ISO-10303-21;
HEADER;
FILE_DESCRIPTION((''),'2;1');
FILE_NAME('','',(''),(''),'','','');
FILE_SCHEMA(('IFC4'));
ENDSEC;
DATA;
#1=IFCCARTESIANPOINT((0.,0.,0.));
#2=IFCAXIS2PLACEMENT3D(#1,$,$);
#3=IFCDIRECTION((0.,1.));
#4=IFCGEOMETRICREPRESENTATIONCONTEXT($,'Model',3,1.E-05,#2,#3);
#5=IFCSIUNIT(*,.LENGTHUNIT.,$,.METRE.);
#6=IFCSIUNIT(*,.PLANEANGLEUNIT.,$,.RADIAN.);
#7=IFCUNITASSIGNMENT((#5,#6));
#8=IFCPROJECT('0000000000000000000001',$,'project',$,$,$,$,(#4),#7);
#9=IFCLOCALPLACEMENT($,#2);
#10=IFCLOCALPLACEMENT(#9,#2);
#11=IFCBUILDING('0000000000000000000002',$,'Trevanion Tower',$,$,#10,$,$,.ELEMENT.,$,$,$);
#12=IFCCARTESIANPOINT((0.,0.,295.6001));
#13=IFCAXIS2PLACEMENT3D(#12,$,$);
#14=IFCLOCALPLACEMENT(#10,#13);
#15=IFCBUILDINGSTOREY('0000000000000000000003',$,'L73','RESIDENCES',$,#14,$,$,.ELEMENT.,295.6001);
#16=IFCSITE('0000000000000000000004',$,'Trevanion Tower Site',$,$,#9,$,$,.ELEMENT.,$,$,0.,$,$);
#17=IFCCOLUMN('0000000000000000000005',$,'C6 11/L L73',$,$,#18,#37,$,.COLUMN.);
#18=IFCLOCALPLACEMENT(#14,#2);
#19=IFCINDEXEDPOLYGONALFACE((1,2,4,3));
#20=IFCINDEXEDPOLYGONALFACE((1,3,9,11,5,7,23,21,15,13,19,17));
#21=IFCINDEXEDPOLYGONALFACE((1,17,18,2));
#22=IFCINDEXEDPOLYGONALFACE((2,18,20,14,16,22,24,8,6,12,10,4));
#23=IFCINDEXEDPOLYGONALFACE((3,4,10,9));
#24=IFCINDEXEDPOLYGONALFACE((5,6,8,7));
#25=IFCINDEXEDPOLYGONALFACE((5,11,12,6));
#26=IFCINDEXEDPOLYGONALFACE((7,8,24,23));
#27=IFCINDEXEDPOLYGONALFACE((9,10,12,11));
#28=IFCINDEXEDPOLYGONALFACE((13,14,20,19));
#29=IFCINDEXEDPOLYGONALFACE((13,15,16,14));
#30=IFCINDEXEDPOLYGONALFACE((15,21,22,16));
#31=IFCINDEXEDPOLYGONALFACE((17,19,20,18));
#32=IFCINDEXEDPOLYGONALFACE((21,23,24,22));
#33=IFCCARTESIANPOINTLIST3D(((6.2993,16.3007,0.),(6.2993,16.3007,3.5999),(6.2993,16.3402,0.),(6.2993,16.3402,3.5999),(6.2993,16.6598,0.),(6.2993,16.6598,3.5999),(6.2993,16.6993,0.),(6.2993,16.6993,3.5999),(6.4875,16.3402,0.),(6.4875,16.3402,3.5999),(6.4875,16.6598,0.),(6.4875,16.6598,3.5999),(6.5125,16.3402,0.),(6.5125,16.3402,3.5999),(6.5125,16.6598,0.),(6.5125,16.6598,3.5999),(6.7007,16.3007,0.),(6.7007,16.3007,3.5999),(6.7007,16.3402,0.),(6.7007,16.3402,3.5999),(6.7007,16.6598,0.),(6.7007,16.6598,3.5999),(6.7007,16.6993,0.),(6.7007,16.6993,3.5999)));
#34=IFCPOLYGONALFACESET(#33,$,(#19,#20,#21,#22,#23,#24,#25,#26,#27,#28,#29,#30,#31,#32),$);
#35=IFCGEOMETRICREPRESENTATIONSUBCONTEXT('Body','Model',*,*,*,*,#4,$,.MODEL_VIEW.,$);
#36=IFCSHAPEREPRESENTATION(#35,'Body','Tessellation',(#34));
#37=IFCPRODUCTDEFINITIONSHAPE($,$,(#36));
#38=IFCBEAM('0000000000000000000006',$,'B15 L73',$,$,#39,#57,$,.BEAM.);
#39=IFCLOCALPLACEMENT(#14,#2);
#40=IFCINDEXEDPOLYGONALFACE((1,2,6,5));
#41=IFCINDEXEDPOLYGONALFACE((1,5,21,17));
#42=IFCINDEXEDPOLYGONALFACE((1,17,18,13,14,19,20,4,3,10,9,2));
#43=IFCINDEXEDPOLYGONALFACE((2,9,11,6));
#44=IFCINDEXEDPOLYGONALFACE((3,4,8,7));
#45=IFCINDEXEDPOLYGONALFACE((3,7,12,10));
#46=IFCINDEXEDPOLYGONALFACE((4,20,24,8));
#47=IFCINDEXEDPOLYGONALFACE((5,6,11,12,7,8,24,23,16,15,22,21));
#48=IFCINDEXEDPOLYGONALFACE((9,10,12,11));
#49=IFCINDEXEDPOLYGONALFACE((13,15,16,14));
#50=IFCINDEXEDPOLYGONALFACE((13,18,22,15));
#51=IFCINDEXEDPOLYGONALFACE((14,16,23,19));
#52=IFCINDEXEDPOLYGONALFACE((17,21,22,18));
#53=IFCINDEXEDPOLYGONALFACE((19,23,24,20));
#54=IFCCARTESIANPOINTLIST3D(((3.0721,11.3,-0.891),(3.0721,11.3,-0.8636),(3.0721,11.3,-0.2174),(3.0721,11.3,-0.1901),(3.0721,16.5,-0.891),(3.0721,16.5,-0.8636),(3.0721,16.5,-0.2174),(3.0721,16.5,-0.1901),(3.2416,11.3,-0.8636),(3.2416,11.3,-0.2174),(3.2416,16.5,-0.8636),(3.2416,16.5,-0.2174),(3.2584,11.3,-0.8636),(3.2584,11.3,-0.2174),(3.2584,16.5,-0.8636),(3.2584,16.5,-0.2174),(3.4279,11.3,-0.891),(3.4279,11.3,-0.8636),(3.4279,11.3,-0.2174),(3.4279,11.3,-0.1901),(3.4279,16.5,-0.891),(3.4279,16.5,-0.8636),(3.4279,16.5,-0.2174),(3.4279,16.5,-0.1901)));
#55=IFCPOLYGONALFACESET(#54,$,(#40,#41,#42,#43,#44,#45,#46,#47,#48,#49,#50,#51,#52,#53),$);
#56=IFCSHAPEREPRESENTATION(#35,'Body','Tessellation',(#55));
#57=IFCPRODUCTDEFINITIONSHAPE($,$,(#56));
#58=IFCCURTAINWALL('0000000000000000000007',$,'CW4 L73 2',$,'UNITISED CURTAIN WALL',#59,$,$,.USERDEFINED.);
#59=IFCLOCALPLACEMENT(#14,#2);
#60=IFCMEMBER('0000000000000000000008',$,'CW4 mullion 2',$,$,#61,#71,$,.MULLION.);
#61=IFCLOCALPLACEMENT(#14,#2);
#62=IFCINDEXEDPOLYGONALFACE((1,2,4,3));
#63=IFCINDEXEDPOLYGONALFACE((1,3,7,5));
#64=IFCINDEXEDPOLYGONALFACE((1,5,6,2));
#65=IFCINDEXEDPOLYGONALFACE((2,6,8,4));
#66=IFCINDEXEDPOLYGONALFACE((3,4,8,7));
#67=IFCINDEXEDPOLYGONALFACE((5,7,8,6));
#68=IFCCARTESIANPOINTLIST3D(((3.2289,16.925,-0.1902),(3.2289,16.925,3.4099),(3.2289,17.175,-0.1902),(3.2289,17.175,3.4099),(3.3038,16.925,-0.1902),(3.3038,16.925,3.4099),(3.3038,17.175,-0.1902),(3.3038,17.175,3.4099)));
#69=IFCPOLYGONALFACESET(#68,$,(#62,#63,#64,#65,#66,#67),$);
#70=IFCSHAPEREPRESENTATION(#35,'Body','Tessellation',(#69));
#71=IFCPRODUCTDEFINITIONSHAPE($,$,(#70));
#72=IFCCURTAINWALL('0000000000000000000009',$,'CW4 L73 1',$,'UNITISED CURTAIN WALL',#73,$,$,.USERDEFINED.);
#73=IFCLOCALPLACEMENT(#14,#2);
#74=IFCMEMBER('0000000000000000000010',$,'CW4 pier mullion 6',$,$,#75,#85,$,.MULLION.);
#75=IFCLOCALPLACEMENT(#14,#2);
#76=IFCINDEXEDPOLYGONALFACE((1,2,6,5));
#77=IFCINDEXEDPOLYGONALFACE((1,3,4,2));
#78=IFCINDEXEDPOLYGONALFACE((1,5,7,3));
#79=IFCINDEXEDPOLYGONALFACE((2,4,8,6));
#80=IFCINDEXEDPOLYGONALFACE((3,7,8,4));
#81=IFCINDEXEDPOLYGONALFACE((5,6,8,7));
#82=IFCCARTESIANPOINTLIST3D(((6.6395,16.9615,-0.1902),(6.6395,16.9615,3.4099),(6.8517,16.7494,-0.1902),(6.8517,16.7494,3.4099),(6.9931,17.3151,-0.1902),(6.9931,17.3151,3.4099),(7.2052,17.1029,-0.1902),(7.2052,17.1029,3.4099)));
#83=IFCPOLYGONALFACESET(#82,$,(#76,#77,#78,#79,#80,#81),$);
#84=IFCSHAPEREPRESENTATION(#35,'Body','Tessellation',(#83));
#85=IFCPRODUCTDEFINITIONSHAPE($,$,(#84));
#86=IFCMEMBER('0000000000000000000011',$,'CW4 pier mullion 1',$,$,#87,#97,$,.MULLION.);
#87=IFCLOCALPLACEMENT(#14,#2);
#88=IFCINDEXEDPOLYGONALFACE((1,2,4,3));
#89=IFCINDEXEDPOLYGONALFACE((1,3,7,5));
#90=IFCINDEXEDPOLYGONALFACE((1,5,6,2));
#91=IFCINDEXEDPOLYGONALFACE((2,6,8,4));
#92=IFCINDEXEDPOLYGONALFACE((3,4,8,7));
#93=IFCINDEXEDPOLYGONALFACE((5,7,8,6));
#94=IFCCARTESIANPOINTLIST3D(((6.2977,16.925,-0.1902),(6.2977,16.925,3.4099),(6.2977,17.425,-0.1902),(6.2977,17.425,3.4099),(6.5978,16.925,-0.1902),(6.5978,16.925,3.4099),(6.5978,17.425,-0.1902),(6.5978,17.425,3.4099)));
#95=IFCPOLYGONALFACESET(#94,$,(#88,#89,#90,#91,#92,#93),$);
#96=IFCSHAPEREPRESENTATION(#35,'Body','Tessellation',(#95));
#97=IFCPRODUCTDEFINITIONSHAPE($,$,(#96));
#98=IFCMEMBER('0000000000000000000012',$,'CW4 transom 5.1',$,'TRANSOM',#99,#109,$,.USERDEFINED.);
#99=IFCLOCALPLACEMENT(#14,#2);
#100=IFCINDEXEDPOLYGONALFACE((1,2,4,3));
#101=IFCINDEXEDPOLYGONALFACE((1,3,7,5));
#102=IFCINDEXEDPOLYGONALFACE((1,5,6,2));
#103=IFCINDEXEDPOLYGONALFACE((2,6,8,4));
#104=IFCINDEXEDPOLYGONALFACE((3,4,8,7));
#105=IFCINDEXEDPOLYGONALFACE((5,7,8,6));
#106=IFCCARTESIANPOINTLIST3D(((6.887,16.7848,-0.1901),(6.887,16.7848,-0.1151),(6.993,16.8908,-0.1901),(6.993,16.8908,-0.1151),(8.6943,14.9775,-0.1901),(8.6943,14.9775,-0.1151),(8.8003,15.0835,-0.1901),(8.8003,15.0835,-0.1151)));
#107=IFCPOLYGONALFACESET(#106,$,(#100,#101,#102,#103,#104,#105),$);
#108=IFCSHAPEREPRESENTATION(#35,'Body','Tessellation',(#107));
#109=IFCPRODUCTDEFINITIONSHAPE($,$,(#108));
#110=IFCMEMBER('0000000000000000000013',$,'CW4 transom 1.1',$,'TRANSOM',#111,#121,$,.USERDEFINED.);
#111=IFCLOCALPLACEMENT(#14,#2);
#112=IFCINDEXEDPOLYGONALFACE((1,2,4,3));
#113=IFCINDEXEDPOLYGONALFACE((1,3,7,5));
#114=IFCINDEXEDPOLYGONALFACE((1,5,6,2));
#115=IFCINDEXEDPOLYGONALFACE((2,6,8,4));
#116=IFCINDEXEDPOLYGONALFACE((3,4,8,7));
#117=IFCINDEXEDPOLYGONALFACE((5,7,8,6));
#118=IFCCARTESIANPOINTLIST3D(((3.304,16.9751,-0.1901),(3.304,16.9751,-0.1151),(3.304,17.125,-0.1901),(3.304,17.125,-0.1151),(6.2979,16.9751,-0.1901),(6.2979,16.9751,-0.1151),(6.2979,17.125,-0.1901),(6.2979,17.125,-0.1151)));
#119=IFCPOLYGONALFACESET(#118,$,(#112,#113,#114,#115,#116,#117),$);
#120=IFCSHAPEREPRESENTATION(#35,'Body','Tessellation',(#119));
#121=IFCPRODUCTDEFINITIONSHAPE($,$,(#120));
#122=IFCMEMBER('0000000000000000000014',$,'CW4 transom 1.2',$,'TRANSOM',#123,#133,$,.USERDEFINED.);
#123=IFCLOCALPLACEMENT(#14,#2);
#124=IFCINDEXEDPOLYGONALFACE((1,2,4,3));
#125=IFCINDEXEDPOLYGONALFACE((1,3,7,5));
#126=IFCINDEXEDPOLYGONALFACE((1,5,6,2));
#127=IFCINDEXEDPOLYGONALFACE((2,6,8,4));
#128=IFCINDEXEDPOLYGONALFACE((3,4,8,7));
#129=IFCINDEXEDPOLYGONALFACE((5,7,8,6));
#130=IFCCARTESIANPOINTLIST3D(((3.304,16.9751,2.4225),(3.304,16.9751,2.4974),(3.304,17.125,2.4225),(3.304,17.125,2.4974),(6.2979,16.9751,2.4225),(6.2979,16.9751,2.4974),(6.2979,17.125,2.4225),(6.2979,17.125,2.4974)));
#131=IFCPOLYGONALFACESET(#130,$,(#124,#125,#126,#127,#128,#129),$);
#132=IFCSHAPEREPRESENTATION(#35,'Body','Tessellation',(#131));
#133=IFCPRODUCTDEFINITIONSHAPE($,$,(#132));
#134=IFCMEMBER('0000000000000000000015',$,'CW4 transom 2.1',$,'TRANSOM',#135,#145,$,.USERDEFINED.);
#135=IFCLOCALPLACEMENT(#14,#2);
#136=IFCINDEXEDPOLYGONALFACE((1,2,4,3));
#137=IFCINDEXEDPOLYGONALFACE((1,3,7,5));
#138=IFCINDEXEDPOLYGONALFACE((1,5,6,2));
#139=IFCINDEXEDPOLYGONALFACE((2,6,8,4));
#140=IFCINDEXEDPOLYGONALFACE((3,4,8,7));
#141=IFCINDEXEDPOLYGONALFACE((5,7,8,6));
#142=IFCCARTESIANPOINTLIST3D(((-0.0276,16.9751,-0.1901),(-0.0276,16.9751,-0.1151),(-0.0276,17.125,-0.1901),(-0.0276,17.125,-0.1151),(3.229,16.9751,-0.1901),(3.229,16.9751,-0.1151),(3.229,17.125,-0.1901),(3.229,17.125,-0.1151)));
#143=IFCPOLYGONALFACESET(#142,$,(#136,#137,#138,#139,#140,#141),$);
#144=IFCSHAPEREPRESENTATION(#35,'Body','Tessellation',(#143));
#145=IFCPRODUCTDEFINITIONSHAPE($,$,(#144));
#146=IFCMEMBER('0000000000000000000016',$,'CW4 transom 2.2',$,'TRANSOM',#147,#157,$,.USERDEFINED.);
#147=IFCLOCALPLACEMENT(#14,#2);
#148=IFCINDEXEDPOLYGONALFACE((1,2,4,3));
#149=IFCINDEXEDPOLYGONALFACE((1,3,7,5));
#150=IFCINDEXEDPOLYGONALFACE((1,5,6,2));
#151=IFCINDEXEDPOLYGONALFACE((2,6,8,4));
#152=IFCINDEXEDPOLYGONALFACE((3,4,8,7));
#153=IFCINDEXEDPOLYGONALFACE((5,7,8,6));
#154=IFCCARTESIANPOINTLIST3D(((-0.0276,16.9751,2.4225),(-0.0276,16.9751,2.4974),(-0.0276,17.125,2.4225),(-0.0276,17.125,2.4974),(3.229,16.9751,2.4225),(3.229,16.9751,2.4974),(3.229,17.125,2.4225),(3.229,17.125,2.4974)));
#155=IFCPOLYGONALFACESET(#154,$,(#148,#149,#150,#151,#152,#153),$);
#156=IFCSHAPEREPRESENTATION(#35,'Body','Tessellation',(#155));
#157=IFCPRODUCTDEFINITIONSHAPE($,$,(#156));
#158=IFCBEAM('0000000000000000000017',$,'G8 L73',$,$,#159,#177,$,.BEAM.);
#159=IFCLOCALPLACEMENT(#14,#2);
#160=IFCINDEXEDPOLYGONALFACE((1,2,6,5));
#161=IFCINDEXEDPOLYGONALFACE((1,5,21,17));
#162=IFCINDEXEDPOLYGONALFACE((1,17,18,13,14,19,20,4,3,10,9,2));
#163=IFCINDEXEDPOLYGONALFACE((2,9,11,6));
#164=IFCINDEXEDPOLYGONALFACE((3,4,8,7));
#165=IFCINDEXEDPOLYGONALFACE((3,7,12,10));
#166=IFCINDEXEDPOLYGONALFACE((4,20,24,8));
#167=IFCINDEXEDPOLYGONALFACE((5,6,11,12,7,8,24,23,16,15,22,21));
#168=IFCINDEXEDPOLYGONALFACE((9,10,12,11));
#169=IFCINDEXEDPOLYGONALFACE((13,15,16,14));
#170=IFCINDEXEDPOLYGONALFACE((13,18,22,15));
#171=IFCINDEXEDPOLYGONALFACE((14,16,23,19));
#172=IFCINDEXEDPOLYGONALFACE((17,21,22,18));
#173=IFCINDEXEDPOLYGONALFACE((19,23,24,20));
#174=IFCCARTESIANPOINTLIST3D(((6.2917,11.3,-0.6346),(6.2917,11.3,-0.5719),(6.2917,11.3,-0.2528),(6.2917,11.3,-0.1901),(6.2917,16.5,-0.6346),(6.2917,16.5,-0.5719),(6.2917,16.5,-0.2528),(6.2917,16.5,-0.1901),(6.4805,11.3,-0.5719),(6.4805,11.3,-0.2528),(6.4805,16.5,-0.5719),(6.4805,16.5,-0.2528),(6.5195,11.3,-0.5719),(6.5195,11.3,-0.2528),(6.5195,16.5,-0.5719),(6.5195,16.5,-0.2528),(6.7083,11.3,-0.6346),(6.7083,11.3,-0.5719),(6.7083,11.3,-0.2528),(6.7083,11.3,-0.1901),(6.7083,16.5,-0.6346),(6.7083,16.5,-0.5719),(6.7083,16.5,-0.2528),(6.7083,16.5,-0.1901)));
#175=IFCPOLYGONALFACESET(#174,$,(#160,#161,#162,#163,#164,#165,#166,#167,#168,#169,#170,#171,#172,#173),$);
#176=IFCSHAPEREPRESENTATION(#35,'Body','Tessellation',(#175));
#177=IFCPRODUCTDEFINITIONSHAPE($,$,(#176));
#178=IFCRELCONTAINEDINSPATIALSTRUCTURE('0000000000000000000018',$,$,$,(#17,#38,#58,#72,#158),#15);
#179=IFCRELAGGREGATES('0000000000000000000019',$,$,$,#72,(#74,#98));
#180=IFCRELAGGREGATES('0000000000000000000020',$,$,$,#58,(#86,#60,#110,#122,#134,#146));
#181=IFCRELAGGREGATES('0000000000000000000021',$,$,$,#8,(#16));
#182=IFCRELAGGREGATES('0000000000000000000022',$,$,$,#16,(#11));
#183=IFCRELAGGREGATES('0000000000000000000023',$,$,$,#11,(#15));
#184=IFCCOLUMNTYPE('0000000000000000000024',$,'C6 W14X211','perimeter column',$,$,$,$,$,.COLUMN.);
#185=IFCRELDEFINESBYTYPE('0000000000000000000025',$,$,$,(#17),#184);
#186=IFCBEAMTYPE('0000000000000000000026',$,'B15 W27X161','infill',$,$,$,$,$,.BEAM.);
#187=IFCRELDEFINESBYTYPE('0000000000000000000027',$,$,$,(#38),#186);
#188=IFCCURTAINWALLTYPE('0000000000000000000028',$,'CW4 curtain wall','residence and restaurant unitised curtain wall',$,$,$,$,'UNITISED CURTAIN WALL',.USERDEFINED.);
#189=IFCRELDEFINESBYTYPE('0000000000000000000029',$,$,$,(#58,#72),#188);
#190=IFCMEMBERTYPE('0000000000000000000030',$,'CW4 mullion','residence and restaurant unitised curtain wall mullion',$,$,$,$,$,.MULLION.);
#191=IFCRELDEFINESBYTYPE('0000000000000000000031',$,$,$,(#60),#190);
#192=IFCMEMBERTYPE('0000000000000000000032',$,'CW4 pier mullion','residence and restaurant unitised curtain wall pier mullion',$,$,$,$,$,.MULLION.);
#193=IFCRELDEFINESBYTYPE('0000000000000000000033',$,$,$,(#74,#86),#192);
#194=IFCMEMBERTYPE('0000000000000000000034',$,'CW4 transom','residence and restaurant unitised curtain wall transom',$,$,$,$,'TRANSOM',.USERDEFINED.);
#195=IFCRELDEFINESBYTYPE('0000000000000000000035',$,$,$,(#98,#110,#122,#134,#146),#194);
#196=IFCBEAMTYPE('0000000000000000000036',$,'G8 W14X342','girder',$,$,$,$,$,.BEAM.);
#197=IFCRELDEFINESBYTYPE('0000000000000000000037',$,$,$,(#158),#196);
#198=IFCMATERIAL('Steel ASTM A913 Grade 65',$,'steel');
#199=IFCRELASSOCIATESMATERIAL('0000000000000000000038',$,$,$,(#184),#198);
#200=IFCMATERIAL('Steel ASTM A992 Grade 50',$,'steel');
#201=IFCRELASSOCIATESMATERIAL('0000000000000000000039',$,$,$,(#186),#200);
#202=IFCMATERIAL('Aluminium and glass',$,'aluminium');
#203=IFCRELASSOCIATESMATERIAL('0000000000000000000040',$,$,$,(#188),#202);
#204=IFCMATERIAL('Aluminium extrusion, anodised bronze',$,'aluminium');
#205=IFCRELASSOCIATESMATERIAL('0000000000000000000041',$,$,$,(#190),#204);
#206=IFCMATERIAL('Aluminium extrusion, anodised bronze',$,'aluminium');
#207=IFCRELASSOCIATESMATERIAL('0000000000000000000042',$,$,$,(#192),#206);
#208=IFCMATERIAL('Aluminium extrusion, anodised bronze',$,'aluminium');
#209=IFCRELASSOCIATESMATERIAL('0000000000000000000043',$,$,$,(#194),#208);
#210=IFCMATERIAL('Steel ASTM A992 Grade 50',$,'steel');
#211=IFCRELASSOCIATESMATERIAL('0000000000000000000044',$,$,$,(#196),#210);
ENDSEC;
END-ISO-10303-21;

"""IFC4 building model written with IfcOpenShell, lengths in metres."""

from ifc_helpers import new_model, si_unit, direction, frame, origin, origin_2d, place, context, subcontext, project, spatial, rectangle, i_section, extrude, material, material_profile, profile_set, type_object, element, aggregate, save


model = new_model("IFC4")

# Units and contexts
model_context = context("Model", 3, precision=1e-05, world=origin(), true_north=direction((0.0, 1.0)))
body_context = subcontext(model_context, "Body", "Model", "MODEL_VIEW")
ifc_project = project(units=[si_unit("LENGTHUNIT", "METRE"), si_unit("PLANEANGLEUNIT", "RADIAN")], contexts=[model_context])

# Site, building, storey
site_placement = place(None, origin())
site = spatial("IfcSite", under=ifc_project, at=site_placement, Name="Trevanion Tower Site", CompositionType="ELEMENT", RefElevation=0.0)
building_placement = place(site_placement, origin())
building = spatial("IfcBuilding", under=site, at=building_placement, Name="Trevanion Tower", CompositionType="ELEMENT")
storey_placement = place(building_placement, frame((0.0, 0.0, 295.6001)))
storey = spatial("IfcBuildingStorey", under=building, at=storey_placement, Name="L73", Description="RESIDENCES", CompositionType="ELEMENT", Elevation=295.6001)

# Column
ifc_material_1 = material(Name="Steel ASTM A913 Grade 65", Category="steel")
ifc_material_profile_1 = material_profile(ifc_material_1, i_section(OverallWidth=0.4014, OverallDepth=0.3987, WebThickness=0.0249, FlangeThickness=0.0396, at=origin_2d()), Name="W14X211")
ifc_profile_set_1 = profile_set([ifc_material_profile_1], Name="Steel ASTM A913 Grade 65")
column_type = type_object("IfcColumnType", Name="C6 W14X211", Description="perimeter column", PredefinedType="COLUMN", material=ifc_profile_set_1)
column_placement = place(storey_placement, frame((6.5, 16.5, 0.0), z_axis=(0.0, 0.0, 1.0), x_axis=(1.0, 0.0, 0.0)))
element("IfcColumn", 1, at=column_placement, inside=storey, type_object=column_type, Name="C6 11/L L73", PredefinedType="COLUMN", context=body_context, shape_type="SweptSolid", body=[
    extrude(i_section(OverallWidth=0.4014, OverallDepth=0.3987, WebThickness=0.0249, FlangeThickness=0.0396, at=origin_2d()), origin(), (0.0, 0.0, 1.0), 3.5999),
])

# Beam
ifc_material_2 = material(Name="Steel ASTM A992 Grade 50", Category="steel")
ifc_material_profile_2 = material_profile(ifc_material_2, i_section(OverallWidth=0.3557, OverallDepth=0.7009, WebThickness=0.0168, FlangeThickness=0.0273, at=origin_2d()), Name="W27X161")
ifc_profile_set_2 = profile_set([ifc_material_profile_2], Name="Steel ASTM A992 Grade 50")
beam_type_1 = type_object("IfcBeamType", Name="B15 W27X161", Description="infill", PredefinedType="BEAM", material=ifc_profile_set_2)
beam_1_placement = place(storey_placement, frame((3.25, 11.3, -0.5405), z_axis=(0.0, 1.0, 0.0), x_axis=(-1.0, 0.0, 0.0)))
element("IfcBeam", 2, at=beam_1_placement, inside=storey, type_object=beam_type_1, Name="B15 L73", PredefinedType="BEAM", context=body_context, shape_type="SweptSolid", body=[
    extrude(i_section(OverallWidth=0.3557, OverallDepth=0.7009, WebThickness=0.0168, FlangeThickness=0.0273, at=origin_2d()), origin(), (0.0, 0.0, 1.0), 5.2),
])

# Curtain walls, members
ifc_material_3 = material(Name="Aluminium and glass", Category="aluminium")
curtain_wall_type = type_object("IfcCurtainWallType", Name="CW4 curtain wall", Description="residence and restaurant unitised curtain wall", ElementType="UNITISED CURTAIN WALL", PredefinedType="USERDEFINED", material=ifc_material_3)
curtain_wall_1_placement = place(storey_placement, origin())
curtain_wall_1 = element("IfcCurtainWall", 3, at=curtain_wall_1_placement, inside=storey, type_object=curtain_wall_type, Name="CW4 L73 2", ObjectType="UNITISED CURTAIN WALL", PredefinedType="USERDEFINED")
ifc_material_4 = material(Name="Aluminium extrusion, anodised bronze", Category="aluminium")
ifc_material_profile_3 = material_profile(ifc_material_4, rectangle(XDim=0.075, YDim=0.25, at=origin_2d()), Name="CW4 mullion")
ifc_profile_set_3 = profile_set([ifc_material_profile_3], Name="Aluminium extrusion, anodised bronze")
member_type_1 = type_object("IfcMemberType", Name="CW4 mullion", Description="residence and restaurant unitised curtain wall mullion", PredefinedType="MULLION", material=ifc_profile_set_3)
member_1_placement = place(storey_placement, frame((3.2664, 17.05, -0.1902), z_axis=(0.0, 0.0, 1.0), x_axis=(-1.0, 0.0, 0.0)))
member_1 = element("IfcMember", 4, at=member_1_placement, type_object=member_type_1, Name="CW4 mullion 2", PredefinedType="MULLION", context=body_context, shape_type="SweptSolid", body=[
    extrude(rectangle(XDim=0.075, YDim=0.25, at=origin_2d()), origin(), (0.0, 0.0, 1.0), 3.6001),
])
curtain_wall_2_placement = place(storey_placement, origin())
curtain_wall_2 = element("IfcCurtainWall", 5, at=curtain_wall_2_placement, inside=storey, type_object=curtain_wall_type, Name="CW4 L73 1", ObjectType="UNITISED CURTAIN WALL", PredefinedType="USERDEFINED")
ifc_material_5 = material(Name="Aluminium extrusion, anodised bronze", Category="aluminium")
ifc_material_profile_4 = material_profile(ifc_material_5, rectangle(XDim=0.3, YDim=0.5, at=origin_2d()), Name="CW4 pier mullion")
ifc_profile_set_4 = profile_set([ifc_material_profile_4], Name="Aluminium extrusion, anodised bronze")
member_type_2 = type_object("IfcMemberType", Name="CW4 pier mullion", Description="residence and restaurant unitised curtain wall pier mullion", PredefinedType="MULLION", material=ifc_profile_set_4)
member_2_placement = place(storey_placement, frame((6.9224, 17.0322, -0.1902), z_axis=(0.0, 0.0, 1.0), x_axis=(-0.707107, 0.707107, 0.0)))
member_2 = element("IfcMember", 6, at=member_2_placement, type_object=member_type_2, Name="CW4 pier mullion 6", PredefinedType="MULLION", context=body_context, shape_type="SweptSolid", body=[
    extrude(rectangle(XDim=0.3, YDim=0.5, at=origin_2d()), origin(), (0.0, 0.0, 1.0), 3.6001),
])

# Members
member_3_placement = place(storey_placement, frame((6.4478, 17.175, -0.1902), z_axis=(0.0, 0.0, 1.0), x_axis=(-1.0, 0.0, 0.0)))
member_3 = element("IfcMember", 7, at=member_3_placement, type_object=member_type_2, Name="CW4 pier mullion 1", PredefinedType="MULLION", context=body_context, shape_type="SweptSolid", body=[
    extrude(rectangle(XDim=0.3, YDim=0.5, at=origin_2d()), origin(), (0.0, 0.0, 1.0), 3.6001),
])
ifc_material_6 = material(Name="Aluminium extrusion, anodised bronze", Category="aluminium")
ifc_material_profile_5 = material_profile(ifc_material_6, rectangle(XDim=0.1499, YDim=0.075, at=origin_2d()), Name="CW4 transom")
ifc_profile_set_5 = profile_set([ifc_material_profile_5], Name="Aluminium extrusion, anodised bronze")
member_type_3 = type_object("IfcMemberType", Name="CW4 transom", Description="residence and restaurant unitised curtain wall transom", ElementType="TRANSOM", PredefinedType="USERDEFINED", material=ifc_profile_set_5)
member_4_placement = place(storey_placement, frame((8.7473, 15.0305, -0.1526), z_axis=(-0.707107, 0.707107, 0.0), x_axis=(-0.707107, -0.707107, 0.0)))
member_4 = element("IfcMember", 8, at=member_4_placement, type_object=member_type_3, Name="CW4 transom 5.1", ObjectType="TRANSOM", PredefinedType="USERDEFINED", context=body_context, shape_type="SweptSolid", body=[
    extrude(rectangle(XDim=0.1499, YDim=0.075, at=origin_2d()), origin(), (0.0, 0.0, 1.0), 2.5559),
])
member_5_placement = place(storey_placement, frame((6.2979, 17.05, -0.1526), z_axis=(-1.0, 0.0, 0.0), x_axis=(0.0, -1.0, 0.0)))
member_5 = element("IfcMember", 9, at=member_5_placement, type_object=member_type_3, Name="CW4 transom 1.1", ObjectType="TRANSOM", PredefinedType="USERDEFINED", context=body_context, shape_type="SweptSolid", body=[
    extrude(rectangle(XDim=0.1499, YDim=0.075, at=origin_2d()), origin(), (0.0, 0.0, 1.0), 2.9939),
])
member_6_placement = place(storey_placement, frame((6.2979, 17.05, 2.46), z_axis=(-1.0, 0.0, 0.0), x_axis=(0.0, -1.0, 0.0)))
member_6 = element("IfcMember", 10, at=member_6_placement, type_object=member_type_3, Name="CW4 transom 1.2", ObjectType="TRANSOM", PredefinedType="USERDEFINED", context=body_context, shape_type="SweptSolid", body=[
    extrude(rectangle(XDim=0.1499, YDim=0.075, at=origin_2d()), origin(), (0.0, 0.0, 1.0), 2.9939),
])
member_7_placement = place(storey_placement, frame((3.229, 17.05, -0.1526), z_axis=(-1.0, 0.0, 0.0), x_axis=(0.0, -1.0, 0.0)))
member_7 = element("IfcMember", 11, at=member_7_placement, type_object=member_type_3, Name="CW4 transom 2.1", ObjectType="TRANSOM", PredefinedType="USERDEFINED", context=body_context, shape_type="SweptSolid", body=[
    extrude(rectangle(XDim=0.1499, YDim=0.075, at=origin_2d()), origin(), (0.0, 0.0, 1.0), 3.2566),
])
member_8_placement = place(storey_placement, frame((3.229, 17.05, 2.46), z_axis=(-1.0, 0.0, 0.0), x_axis=(0.0, -1.0, 0.0)))
member_8 = element("IfcMember", 12, at=member_8_placement, type_object=member_type_3, Name="CW4 transom 2.2", ObjectType="TRANSOM", PredefinedType="USERDEFINED", context=body_context, shape_type="SweptSolid", body=[
    extrude(rectangle(XDim=0.1499, YDim=0.075, at=origin_2d()), origin(), (0.0, 0.0, 1.0), 3.2566),
])

# Beam
ifc_material_7 = material(Name="Steel ASTM A992 Grade 50", Category="steel")
ifc_material_profile_6 = material_profile(ifc_material_7, i_section(OverallWidth=0.4165, OverallDepth=0.4446, WebThickness=0.0391, FlangeThickness=0.0627, at=origin_2d()), Name="W14X342")
ifc_profile_set_6 = profile_set([ifc_material_profile_6], Name="Steel ASTM A992 Grade 50")
beam_type_2 = type_object("IfcBeamType", Name="G8 W14X342", Description="girder", PredefinedType="BEAM", material=ifc_profile_set_6)
beam_2_placement = place(storey_placement, frame((6.5, 11.3, -0.4124), z_axis=(0.0, 1.0, 0.0), x_axis=(-1.0, 0.0, 0.0)))
element("IfcBeam", 13, at=beam_2_placement, inside=storey, type_object=beam_type_2, Name="G8 L73", PredefinedType="BEAM", context=body_context, shape_type="SweptSolid", body=[
    extrude(i_section(OverallWidth=0.4165, OverallDepth=0.4446, WebThickness=0.0391, FlangeThickness=0.0627, at=origin_2d()), origin(), (0.0, 0.0, 1.0), 5.2),
])

aggregate(curtain_wall_2, [member_2, member_4])
aggregate(curtain_wall_1, [member_3, member_1, member_5, member_6, member_7, member_8])

save(model, "model.ifc")
